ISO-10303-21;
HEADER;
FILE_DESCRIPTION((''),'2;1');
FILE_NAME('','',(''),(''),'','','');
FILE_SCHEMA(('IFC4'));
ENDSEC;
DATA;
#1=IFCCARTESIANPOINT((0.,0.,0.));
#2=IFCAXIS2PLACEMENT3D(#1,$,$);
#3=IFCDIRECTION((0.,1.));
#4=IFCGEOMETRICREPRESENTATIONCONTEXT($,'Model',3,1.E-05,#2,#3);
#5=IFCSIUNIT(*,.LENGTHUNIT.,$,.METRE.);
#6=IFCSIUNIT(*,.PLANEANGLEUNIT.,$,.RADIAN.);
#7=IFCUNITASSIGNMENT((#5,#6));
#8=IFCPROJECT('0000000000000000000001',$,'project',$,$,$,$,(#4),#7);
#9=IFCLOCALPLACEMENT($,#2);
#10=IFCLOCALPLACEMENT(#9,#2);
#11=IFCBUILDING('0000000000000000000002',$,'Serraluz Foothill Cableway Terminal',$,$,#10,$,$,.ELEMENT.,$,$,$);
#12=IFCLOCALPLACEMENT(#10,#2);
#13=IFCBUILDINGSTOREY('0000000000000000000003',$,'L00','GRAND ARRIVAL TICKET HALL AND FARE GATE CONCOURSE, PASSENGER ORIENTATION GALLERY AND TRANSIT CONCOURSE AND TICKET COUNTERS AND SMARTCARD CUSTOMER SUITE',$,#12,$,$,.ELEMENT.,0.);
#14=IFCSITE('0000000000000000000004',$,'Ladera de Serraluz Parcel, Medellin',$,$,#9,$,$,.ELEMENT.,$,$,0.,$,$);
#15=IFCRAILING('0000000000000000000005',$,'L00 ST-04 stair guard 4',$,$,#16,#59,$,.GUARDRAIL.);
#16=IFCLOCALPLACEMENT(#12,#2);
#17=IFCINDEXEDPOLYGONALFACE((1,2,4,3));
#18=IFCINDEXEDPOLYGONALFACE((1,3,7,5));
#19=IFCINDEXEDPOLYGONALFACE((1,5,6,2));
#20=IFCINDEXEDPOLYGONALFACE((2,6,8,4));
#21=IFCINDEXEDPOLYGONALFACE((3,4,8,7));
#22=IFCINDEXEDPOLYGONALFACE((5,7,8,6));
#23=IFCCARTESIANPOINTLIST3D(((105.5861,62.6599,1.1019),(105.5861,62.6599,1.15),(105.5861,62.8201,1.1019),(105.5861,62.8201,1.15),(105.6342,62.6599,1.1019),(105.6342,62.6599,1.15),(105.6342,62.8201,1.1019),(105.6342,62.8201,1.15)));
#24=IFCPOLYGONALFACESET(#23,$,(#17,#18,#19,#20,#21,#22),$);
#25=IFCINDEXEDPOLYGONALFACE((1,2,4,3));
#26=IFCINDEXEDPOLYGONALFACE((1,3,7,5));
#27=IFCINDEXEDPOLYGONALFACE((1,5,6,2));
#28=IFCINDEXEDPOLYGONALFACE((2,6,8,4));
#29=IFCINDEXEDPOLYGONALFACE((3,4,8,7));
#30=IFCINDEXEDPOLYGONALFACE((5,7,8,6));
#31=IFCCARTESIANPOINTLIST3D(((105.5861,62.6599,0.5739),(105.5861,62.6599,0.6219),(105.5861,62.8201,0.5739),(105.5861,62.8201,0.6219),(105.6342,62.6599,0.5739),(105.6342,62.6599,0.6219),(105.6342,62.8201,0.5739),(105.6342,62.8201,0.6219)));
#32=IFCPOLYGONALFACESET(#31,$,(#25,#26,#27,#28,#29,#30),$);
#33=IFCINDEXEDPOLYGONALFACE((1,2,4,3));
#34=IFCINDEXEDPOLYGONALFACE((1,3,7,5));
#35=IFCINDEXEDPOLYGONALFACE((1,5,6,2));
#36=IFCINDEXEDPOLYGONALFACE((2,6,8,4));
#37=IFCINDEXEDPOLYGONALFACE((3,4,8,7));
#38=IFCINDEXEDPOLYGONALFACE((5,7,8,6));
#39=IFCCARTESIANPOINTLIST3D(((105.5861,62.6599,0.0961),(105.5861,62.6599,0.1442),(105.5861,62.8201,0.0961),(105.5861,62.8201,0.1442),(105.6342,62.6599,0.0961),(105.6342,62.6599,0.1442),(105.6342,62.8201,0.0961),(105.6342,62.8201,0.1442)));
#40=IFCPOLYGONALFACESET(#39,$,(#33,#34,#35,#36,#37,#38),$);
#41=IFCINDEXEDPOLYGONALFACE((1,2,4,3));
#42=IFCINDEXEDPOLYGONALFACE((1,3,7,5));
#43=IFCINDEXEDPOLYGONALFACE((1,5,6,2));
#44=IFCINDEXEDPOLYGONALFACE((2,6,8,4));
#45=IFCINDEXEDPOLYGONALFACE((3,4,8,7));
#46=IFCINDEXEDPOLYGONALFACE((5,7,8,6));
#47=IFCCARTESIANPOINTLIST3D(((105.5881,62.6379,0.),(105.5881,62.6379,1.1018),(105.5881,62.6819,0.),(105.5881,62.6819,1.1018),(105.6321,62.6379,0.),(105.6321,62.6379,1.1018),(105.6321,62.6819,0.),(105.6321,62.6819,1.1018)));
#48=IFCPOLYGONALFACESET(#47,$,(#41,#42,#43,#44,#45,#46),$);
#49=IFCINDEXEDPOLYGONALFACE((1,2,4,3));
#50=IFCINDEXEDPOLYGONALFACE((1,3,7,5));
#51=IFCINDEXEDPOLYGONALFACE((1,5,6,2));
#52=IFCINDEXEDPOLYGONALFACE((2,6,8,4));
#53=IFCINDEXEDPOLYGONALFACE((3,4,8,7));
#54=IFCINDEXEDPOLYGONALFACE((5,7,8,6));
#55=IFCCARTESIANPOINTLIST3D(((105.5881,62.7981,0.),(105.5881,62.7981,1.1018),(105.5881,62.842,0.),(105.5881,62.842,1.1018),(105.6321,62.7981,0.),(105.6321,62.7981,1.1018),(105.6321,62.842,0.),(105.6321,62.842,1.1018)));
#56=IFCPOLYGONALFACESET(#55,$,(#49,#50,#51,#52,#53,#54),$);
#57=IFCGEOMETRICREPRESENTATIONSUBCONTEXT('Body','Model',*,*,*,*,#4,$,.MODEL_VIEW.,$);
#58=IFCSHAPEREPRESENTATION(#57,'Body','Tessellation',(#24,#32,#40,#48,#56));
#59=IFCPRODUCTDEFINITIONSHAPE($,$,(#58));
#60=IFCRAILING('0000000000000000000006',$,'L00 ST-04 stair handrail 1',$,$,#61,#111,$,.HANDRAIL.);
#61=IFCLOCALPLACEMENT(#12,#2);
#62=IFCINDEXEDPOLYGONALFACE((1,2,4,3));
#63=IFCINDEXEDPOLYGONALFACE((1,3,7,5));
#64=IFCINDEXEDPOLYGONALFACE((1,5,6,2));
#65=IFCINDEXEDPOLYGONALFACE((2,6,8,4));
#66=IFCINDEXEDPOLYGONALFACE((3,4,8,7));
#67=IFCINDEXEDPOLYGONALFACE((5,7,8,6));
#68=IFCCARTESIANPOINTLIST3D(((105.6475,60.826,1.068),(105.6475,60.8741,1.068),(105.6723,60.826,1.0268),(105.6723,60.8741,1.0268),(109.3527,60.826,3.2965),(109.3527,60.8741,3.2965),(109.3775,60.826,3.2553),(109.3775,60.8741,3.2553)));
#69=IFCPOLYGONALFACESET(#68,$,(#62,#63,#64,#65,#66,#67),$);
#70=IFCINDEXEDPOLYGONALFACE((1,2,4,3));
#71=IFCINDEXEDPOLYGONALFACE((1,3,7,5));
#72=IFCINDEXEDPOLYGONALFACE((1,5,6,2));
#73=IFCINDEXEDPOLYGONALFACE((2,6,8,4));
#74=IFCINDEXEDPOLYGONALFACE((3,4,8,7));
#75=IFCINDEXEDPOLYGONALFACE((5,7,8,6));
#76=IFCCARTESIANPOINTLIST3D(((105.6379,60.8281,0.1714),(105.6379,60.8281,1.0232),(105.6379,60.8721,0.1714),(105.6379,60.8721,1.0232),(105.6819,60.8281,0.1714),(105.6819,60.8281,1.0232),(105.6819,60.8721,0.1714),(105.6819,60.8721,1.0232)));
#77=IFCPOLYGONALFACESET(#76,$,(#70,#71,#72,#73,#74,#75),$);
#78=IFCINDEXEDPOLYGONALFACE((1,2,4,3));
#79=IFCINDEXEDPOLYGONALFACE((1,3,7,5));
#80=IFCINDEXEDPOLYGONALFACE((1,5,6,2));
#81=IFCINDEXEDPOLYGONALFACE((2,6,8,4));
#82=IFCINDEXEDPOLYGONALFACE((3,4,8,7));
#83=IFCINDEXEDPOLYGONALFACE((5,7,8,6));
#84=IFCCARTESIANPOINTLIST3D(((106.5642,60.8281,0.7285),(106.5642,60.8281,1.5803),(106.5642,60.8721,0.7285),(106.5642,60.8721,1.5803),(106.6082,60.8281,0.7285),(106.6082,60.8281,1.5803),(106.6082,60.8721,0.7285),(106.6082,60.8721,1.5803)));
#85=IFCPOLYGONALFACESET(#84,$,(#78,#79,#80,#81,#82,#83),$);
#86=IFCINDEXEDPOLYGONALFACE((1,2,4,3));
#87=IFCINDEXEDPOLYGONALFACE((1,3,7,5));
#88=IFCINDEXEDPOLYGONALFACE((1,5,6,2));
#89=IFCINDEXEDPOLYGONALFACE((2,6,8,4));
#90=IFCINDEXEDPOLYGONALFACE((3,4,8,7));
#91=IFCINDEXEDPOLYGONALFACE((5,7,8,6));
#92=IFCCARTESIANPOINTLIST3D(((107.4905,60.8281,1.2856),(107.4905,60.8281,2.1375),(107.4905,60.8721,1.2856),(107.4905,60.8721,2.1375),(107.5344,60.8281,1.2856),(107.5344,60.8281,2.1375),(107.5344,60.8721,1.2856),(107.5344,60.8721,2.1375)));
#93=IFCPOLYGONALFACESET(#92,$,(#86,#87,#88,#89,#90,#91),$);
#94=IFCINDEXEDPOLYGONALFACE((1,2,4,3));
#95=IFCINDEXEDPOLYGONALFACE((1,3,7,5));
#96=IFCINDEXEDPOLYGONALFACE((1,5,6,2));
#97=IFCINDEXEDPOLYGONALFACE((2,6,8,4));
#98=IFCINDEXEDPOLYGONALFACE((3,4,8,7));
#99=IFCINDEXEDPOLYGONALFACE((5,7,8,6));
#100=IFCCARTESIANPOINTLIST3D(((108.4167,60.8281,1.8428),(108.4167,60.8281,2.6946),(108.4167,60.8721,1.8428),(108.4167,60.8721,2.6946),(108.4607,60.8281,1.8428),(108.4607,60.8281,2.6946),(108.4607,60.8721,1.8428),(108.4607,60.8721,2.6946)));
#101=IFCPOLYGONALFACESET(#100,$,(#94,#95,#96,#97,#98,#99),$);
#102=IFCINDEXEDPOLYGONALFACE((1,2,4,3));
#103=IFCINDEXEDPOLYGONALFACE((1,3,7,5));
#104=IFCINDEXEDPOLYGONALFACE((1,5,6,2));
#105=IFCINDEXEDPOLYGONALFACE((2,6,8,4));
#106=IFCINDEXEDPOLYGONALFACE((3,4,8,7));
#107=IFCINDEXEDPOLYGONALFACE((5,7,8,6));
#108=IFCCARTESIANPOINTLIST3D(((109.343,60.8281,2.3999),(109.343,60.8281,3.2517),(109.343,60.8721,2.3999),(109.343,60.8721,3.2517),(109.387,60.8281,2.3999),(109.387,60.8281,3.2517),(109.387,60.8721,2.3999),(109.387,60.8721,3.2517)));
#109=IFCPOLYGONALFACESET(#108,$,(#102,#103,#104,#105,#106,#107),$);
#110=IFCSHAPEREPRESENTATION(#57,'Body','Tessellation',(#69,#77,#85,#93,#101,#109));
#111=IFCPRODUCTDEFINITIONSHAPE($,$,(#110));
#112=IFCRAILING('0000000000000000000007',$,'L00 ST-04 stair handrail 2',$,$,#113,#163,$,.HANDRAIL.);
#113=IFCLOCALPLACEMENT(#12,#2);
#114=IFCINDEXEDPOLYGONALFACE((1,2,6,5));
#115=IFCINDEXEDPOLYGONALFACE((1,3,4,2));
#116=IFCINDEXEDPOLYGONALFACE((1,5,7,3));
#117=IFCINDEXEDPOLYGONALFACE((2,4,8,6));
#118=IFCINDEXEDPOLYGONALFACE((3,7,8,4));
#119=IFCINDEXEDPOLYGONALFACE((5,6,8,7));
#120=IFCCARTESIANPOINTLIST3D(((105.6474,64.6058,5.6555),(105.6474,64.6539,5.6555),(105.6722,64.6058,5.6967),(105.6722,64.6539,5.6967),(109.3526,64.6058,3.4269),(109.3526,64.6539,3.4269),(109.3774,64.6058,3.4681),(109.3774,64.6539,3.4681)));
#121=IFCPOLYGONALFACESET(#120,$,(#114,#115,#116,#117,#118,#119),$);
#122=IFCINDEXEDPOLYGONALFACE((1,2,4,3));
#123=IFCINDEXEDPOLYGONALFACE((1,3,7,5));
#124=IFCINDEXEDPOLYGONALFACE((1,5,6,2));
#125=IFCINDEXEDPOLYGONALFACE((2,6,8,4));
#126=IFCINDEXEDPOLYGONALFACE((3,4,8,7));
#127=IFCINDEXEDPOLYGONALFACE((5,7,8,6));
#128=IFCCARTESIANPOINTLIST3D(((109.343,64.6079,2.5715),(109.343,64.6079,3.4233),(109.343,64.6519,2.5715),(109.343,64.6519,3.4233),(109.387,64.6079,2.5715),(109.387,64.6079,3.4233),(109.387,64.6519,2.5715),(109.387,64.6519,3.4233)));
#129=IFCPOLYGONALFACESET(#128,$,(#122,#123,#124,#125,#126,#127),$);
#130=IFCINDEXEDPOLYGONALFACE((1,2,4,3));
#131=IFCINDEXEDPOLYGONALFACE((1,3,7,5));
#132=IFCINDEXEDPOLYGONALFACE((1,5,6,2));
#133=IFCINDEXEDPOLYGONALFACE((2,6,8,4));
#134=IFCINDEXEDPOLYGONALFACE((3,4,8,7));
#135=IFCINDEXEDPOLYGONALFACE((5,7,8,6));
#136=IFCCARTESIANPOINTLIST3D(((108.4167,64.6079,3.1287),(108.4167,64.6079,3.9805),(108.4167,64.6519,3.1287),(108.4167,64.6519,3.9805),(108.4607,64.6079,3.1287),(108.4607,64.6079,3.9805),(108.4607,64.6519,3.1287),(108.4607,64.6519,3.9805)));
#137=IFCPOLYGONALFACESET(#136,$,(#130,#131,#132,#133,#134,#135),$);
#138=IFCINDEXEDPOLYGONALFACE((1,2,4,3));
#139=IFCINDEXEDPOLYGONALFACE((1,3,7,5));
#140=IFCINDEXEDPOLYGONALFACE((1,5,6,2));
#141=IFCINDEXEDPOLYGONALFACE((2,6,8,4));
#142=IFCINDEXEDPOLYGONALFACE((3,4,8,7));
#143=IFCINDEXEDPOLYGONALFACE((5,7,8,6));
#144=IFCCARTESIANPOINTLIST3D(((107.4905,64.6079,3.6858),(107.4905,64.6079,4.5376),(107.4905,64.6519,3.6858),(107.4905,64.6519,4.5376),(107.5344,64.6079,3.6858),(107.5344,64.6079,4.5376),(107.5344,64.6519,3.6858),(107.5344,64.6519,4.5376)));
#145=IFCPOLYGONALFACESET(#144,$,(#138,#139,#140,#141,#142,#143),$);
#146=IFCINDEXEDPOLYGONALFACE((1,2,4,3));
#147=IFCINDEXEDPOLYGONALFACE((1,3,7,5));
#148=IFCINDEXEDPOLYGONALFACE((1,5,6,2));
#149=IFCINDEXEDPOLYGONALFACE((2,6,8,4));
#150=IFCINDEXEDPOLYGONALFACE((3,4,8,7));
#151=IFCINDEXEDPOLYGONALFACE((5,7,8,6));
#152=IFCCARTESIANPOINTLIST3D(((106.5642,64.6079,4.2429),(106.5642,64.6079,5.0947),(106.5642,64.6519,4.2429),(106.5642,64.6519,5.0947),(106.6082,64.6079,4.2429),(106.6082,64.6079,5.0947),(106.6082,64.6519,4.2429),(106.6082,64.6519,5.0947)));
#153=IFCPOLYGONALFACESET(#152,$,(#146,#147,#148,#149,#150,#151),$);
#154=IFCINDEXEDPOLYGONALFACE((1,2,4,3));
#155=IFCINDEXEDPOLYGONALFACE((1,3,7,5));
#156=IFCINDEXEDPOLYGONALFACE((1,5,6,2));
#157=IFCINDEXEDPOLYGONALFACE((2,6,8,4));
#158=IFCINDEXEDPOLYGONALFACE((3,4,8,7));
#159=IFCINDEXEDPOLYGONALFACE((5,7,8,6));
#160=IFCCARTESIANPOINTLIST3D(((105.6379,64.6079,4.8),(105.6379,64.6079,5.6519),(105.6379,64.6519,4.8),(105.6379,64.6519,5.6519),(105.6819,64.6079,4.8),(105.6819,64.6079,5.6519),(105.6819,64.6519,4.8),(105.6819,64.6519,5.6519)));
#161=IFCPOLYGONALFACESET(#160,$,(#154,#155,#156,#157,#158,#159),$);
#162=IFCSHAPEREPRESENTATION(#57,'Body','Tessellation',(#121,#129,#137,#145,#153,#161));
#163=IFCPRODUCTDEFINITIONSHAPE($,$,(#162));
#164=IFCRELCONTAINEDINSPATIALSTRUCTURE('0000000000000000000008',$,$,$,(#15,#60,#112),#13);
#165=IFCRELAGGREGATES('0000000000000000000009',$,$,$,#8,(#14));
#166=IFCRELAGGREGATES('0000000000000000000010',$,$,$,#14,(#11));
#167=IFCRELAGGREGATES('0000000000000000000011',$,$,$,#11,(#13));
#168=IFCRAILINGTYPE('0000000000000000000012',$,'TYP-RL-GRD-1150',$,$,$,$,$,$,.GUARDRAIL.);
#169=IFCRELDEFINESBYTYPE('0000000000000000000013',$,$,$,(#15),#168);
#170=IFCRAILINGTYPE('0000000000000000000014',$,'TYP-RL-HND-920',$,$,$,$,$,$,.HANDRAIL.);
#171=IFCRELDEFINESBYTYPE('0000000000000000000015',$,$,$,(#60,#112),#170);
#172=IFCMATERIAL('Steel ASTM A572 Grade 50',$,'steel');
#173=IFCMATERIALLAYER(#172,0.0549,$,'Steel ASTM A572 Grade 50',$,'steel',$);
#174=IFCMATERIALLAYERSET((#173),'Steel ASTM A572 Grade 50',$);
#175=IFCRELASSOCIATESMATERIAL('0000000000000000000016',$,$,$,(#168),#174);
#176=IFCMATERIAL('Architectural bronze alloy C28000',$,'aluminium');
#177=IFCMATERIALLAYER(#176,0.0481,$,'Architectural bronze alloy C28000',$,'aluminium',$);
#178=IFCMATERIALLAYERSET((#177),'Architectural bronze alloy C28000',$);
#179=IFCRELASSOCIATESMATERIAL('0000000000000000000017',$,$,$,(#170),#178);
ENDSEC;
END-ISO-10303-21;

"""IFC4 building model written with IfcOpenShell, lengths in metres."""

from ifc_helpers import new_model, si_unit, direction, frame, origin, origin_2d, place, context, subcontext, project, spatial, rectangle, extrude, material, layer, layer_set, type_object, element, save


model = new_model("IFC4")

# Units and contexts
model_context = context("Model", 3, precision=1e-05, world=origin(), true_north=direction((0.0, 1.0)))
body_context = subcontext(model_context, "Body", "Model", "MODEL_VIEW")
ifc_project = project(units=[si_unit("LENGTHUNIT", "METRE"), si_unit("PLANEANGLEUNIT", "RADIAN")], contexts=[model_context])

# Site, building, storey
site_placement = place(None, origin())
site = spatial("IfcSite", under=ifc_project, at=site_placement, Name="Ladera de Serraluz Parcel, Medellin", CompositionType="ELEMENT", RefElevation=0.0)
building_placement = place(site_placement, origin())
building = spatial("IfcBuilding", under=site, at=building_placement, Name="Serraluz Foothill Cableway Terminal", CompositionType="ELEMENT")
storey_placement = place(building_placement, origin())
storey = spatial("IfcBuildingStorey", under=building, at=storey_placement, Name="L00", Description="GRAND ARRIVAL TICKET HALL AND FARE GATE CONCOURSE, PASSENGER ORIENTATION GALLERY AND TRANSIT CONCOURSE AND TICKET COUNTERS AND SMARTCARD CUSTOMER SUITE", CompositionType="ELEMENT", Elevation=0.0)

# Railings
ifc_material_1 = material(Name="Steel ASTM A572 Grade 50", Category="steel")
ifc_layer_1 = layer(ifc_material_1, 0.0549, Name="Steel ASTM A572 Grade 50", Category="steel")
ifc_layer_set_1 = layer_set([ifc_layer_1], Name="Steel ASTM A572 Grade 50")
railing_type_1 = type_object("IfcRailingType", Name="TYP-RL-GRD-1150", PredefinedType="GUARDRAIL", material=ifc_layer_set_1)
railing_1_placement = place(storey_placement, frame((105.6101, 62.6599, 0.0)))
element("IfcRailing", 1, at=railing_1_placement, inside=storey, type_object=railing_type_1, Name="L00 ST-04 stair guard 4", PredefinedType="GUARDRAIL", context=body_context, shape_type="SweptSolid", body=[
    extrude(rectangle(XDim=0.0481, YDim=0.0481, at=origin_2d()), frame((0.0, 0.0, 1.126), z_axis=(0.0, 1.0, 0.0), x_axis=(-1.0, 0.0, 0.0)), (0.0, 0.0, 1.0), 0.1602),
    extrude(rectangle(XDim=0.0481, YDim=0.0481, at=origin_2d()), frame((0.0, 0.0, 0.5979), z_axis=(0.0, 1.0, 0.0), x_axis=(-1.0, 0.0, 0.0)), (0.0, 0.0, 1.0), 0.1602),
    extrude(rectangle(XDim=0.0481, YDim=0.0481, at=origin_2d()), frame((0.0, 0.0, 0.1201), z_axis=(0.0, 1.0, 0.0), x_axis=(-1.0, 0.0, 0.0)), (0.0, 0.0, 1.0), 0.1602),
    extrude(rectangle(XDim=0.0439, YDim=0.0439, at=origin_2d()), origin(), (0.0, 0.0, 1.0), 1.1018),
    extrude(rectangle(XDim=0.0439, YDim=0.0439, at=origin_2d()), frame((0.0, 0.1602, 0.0)), (0.0, 0.0, 1.0), 1.1018),
])
ifc_material_2 = material(Name="Architectural bronze alloy C28000", Category="aluminium")
ifc_layer_2 = layer(ifc_material_2, 0.0481, Name="Architectural bronze alloy C28000", Category="aluminium")
ifc_layer_set_2 = layer_set([ifc_layer_2], Name="Architectural bronze alloy C28000")
railing_type_2 = type_object("IfcRailingType", Name="TYP-RL-HND-920", PredefinedType="HANDRAIL", material=ifc_layer_set_2)
railing_2_placement = place(storey_placement, frame((105.6599, 60.8501, 0.1714)))
element("IfcRailing", 2, at=railing_2_placement, inside=storey, type_object=railing_type_2, Name="L00 ST-04 stair handrail 1", PredefinedType="HANDRAIL", context=body_context, shape_type="SweptSolid", body=[
    extrude(rectangle(XDim=0.0481, YDim=0.0481, at=origin_2d()), frame((0.0, 0.0, 0.876), z_axis=(0.856934, 0.0, 0.515425), x_axis=(0.0, 1.0, 0.0)), (0.0, 0.0, 1.0), 4.3237),
    extrude(rectangle(XDim=0.0439, YDim=0.0439, at=origin_2d()), origin(), (0.0, 0.0, 1.0), 0.8518),
    extrude(rectangle(XDim=0.0439, YDim=0.0439, at=origin_2d()), frame((0.9263, 0.0, 0.5571)), (0.0, 0.0, 1.0), 0.8518),
    extrude(rectangle(XDim=0.0439, YDim=0.0439, at=origin_2d()), frame((1.8525, 0.0, 1.1143)), (0.0, 0.0, 1.0), 0.8518),
    extrude(rectangle(XDim=0.0439, YDim=0.0439, at=origin_2d()), frame((2.7788, 0.0, 1.6714)), (0.0, 0.0, 1.0), 0.8518),
    extrude(rectangle(XDim=0.0439, YDim=0.0439, at=origin_2d()), frame((3.7051, 0.0, 2.2285)), (0.0, 0.0, 1.0), 0.8518),
])
railing_3_placement = place(storey_placement, frame((109.365, 64.6299, 2.5715)))
element("IfcRailing", 3, at=railing_3_placement, inside=storey, type_object=railing_type_2, Name="L00 ST-04 stair handrail 2", PredefinedType="HANDRAIL", context=body_context, shape_type="SweptSolid", body=[
    extrude(rectangle(XDim=0.0481, YDim=0.0481, at=origin_2d()), frame((0.0, 0.0, 0.876), z_axis=(-0.856934, 0.0, 0.515425), x_axis=(0.0, -1.0, 0.0)), (0.0, 0.0, 1.0), 4.3237),
    extrude(rectangle(XDim=0.0439, YDim=0.0439, at=origin_2d()), origin(), (0.0, 0.0, 1.0), 0.8518),
    extrude(rectangle(XDim=0.0439, YDim=0.0439, at=origin_2d()), frame((-0.9263, 0.0, 0.5571)), (0.0, 0.0, 1.0), 0.8518),
    extrude(rectangle(XDim=0.0439, YDim=0.0439, at=origin_2d()), frame((-1.8525, 0.0, 1.1143)), (0.0, 0.0, 1.0), 0.8518),
    extrude(rectangle(XDim=0.0439, YDim=0.0439, at=origin_2d()), frame((-2.7788, 0.0, 1.6714)), (0.0, 0.0, 1.0), 0.8518),
    extrude(rectangle(XDim=0.0439, YDim=0.0439, at=origin_2d()), frame((-3.7051, 0.0, 2.2285)), (0.0, 0.0, 1.0), 0.8518),
])

save(model, "model.ifc")
